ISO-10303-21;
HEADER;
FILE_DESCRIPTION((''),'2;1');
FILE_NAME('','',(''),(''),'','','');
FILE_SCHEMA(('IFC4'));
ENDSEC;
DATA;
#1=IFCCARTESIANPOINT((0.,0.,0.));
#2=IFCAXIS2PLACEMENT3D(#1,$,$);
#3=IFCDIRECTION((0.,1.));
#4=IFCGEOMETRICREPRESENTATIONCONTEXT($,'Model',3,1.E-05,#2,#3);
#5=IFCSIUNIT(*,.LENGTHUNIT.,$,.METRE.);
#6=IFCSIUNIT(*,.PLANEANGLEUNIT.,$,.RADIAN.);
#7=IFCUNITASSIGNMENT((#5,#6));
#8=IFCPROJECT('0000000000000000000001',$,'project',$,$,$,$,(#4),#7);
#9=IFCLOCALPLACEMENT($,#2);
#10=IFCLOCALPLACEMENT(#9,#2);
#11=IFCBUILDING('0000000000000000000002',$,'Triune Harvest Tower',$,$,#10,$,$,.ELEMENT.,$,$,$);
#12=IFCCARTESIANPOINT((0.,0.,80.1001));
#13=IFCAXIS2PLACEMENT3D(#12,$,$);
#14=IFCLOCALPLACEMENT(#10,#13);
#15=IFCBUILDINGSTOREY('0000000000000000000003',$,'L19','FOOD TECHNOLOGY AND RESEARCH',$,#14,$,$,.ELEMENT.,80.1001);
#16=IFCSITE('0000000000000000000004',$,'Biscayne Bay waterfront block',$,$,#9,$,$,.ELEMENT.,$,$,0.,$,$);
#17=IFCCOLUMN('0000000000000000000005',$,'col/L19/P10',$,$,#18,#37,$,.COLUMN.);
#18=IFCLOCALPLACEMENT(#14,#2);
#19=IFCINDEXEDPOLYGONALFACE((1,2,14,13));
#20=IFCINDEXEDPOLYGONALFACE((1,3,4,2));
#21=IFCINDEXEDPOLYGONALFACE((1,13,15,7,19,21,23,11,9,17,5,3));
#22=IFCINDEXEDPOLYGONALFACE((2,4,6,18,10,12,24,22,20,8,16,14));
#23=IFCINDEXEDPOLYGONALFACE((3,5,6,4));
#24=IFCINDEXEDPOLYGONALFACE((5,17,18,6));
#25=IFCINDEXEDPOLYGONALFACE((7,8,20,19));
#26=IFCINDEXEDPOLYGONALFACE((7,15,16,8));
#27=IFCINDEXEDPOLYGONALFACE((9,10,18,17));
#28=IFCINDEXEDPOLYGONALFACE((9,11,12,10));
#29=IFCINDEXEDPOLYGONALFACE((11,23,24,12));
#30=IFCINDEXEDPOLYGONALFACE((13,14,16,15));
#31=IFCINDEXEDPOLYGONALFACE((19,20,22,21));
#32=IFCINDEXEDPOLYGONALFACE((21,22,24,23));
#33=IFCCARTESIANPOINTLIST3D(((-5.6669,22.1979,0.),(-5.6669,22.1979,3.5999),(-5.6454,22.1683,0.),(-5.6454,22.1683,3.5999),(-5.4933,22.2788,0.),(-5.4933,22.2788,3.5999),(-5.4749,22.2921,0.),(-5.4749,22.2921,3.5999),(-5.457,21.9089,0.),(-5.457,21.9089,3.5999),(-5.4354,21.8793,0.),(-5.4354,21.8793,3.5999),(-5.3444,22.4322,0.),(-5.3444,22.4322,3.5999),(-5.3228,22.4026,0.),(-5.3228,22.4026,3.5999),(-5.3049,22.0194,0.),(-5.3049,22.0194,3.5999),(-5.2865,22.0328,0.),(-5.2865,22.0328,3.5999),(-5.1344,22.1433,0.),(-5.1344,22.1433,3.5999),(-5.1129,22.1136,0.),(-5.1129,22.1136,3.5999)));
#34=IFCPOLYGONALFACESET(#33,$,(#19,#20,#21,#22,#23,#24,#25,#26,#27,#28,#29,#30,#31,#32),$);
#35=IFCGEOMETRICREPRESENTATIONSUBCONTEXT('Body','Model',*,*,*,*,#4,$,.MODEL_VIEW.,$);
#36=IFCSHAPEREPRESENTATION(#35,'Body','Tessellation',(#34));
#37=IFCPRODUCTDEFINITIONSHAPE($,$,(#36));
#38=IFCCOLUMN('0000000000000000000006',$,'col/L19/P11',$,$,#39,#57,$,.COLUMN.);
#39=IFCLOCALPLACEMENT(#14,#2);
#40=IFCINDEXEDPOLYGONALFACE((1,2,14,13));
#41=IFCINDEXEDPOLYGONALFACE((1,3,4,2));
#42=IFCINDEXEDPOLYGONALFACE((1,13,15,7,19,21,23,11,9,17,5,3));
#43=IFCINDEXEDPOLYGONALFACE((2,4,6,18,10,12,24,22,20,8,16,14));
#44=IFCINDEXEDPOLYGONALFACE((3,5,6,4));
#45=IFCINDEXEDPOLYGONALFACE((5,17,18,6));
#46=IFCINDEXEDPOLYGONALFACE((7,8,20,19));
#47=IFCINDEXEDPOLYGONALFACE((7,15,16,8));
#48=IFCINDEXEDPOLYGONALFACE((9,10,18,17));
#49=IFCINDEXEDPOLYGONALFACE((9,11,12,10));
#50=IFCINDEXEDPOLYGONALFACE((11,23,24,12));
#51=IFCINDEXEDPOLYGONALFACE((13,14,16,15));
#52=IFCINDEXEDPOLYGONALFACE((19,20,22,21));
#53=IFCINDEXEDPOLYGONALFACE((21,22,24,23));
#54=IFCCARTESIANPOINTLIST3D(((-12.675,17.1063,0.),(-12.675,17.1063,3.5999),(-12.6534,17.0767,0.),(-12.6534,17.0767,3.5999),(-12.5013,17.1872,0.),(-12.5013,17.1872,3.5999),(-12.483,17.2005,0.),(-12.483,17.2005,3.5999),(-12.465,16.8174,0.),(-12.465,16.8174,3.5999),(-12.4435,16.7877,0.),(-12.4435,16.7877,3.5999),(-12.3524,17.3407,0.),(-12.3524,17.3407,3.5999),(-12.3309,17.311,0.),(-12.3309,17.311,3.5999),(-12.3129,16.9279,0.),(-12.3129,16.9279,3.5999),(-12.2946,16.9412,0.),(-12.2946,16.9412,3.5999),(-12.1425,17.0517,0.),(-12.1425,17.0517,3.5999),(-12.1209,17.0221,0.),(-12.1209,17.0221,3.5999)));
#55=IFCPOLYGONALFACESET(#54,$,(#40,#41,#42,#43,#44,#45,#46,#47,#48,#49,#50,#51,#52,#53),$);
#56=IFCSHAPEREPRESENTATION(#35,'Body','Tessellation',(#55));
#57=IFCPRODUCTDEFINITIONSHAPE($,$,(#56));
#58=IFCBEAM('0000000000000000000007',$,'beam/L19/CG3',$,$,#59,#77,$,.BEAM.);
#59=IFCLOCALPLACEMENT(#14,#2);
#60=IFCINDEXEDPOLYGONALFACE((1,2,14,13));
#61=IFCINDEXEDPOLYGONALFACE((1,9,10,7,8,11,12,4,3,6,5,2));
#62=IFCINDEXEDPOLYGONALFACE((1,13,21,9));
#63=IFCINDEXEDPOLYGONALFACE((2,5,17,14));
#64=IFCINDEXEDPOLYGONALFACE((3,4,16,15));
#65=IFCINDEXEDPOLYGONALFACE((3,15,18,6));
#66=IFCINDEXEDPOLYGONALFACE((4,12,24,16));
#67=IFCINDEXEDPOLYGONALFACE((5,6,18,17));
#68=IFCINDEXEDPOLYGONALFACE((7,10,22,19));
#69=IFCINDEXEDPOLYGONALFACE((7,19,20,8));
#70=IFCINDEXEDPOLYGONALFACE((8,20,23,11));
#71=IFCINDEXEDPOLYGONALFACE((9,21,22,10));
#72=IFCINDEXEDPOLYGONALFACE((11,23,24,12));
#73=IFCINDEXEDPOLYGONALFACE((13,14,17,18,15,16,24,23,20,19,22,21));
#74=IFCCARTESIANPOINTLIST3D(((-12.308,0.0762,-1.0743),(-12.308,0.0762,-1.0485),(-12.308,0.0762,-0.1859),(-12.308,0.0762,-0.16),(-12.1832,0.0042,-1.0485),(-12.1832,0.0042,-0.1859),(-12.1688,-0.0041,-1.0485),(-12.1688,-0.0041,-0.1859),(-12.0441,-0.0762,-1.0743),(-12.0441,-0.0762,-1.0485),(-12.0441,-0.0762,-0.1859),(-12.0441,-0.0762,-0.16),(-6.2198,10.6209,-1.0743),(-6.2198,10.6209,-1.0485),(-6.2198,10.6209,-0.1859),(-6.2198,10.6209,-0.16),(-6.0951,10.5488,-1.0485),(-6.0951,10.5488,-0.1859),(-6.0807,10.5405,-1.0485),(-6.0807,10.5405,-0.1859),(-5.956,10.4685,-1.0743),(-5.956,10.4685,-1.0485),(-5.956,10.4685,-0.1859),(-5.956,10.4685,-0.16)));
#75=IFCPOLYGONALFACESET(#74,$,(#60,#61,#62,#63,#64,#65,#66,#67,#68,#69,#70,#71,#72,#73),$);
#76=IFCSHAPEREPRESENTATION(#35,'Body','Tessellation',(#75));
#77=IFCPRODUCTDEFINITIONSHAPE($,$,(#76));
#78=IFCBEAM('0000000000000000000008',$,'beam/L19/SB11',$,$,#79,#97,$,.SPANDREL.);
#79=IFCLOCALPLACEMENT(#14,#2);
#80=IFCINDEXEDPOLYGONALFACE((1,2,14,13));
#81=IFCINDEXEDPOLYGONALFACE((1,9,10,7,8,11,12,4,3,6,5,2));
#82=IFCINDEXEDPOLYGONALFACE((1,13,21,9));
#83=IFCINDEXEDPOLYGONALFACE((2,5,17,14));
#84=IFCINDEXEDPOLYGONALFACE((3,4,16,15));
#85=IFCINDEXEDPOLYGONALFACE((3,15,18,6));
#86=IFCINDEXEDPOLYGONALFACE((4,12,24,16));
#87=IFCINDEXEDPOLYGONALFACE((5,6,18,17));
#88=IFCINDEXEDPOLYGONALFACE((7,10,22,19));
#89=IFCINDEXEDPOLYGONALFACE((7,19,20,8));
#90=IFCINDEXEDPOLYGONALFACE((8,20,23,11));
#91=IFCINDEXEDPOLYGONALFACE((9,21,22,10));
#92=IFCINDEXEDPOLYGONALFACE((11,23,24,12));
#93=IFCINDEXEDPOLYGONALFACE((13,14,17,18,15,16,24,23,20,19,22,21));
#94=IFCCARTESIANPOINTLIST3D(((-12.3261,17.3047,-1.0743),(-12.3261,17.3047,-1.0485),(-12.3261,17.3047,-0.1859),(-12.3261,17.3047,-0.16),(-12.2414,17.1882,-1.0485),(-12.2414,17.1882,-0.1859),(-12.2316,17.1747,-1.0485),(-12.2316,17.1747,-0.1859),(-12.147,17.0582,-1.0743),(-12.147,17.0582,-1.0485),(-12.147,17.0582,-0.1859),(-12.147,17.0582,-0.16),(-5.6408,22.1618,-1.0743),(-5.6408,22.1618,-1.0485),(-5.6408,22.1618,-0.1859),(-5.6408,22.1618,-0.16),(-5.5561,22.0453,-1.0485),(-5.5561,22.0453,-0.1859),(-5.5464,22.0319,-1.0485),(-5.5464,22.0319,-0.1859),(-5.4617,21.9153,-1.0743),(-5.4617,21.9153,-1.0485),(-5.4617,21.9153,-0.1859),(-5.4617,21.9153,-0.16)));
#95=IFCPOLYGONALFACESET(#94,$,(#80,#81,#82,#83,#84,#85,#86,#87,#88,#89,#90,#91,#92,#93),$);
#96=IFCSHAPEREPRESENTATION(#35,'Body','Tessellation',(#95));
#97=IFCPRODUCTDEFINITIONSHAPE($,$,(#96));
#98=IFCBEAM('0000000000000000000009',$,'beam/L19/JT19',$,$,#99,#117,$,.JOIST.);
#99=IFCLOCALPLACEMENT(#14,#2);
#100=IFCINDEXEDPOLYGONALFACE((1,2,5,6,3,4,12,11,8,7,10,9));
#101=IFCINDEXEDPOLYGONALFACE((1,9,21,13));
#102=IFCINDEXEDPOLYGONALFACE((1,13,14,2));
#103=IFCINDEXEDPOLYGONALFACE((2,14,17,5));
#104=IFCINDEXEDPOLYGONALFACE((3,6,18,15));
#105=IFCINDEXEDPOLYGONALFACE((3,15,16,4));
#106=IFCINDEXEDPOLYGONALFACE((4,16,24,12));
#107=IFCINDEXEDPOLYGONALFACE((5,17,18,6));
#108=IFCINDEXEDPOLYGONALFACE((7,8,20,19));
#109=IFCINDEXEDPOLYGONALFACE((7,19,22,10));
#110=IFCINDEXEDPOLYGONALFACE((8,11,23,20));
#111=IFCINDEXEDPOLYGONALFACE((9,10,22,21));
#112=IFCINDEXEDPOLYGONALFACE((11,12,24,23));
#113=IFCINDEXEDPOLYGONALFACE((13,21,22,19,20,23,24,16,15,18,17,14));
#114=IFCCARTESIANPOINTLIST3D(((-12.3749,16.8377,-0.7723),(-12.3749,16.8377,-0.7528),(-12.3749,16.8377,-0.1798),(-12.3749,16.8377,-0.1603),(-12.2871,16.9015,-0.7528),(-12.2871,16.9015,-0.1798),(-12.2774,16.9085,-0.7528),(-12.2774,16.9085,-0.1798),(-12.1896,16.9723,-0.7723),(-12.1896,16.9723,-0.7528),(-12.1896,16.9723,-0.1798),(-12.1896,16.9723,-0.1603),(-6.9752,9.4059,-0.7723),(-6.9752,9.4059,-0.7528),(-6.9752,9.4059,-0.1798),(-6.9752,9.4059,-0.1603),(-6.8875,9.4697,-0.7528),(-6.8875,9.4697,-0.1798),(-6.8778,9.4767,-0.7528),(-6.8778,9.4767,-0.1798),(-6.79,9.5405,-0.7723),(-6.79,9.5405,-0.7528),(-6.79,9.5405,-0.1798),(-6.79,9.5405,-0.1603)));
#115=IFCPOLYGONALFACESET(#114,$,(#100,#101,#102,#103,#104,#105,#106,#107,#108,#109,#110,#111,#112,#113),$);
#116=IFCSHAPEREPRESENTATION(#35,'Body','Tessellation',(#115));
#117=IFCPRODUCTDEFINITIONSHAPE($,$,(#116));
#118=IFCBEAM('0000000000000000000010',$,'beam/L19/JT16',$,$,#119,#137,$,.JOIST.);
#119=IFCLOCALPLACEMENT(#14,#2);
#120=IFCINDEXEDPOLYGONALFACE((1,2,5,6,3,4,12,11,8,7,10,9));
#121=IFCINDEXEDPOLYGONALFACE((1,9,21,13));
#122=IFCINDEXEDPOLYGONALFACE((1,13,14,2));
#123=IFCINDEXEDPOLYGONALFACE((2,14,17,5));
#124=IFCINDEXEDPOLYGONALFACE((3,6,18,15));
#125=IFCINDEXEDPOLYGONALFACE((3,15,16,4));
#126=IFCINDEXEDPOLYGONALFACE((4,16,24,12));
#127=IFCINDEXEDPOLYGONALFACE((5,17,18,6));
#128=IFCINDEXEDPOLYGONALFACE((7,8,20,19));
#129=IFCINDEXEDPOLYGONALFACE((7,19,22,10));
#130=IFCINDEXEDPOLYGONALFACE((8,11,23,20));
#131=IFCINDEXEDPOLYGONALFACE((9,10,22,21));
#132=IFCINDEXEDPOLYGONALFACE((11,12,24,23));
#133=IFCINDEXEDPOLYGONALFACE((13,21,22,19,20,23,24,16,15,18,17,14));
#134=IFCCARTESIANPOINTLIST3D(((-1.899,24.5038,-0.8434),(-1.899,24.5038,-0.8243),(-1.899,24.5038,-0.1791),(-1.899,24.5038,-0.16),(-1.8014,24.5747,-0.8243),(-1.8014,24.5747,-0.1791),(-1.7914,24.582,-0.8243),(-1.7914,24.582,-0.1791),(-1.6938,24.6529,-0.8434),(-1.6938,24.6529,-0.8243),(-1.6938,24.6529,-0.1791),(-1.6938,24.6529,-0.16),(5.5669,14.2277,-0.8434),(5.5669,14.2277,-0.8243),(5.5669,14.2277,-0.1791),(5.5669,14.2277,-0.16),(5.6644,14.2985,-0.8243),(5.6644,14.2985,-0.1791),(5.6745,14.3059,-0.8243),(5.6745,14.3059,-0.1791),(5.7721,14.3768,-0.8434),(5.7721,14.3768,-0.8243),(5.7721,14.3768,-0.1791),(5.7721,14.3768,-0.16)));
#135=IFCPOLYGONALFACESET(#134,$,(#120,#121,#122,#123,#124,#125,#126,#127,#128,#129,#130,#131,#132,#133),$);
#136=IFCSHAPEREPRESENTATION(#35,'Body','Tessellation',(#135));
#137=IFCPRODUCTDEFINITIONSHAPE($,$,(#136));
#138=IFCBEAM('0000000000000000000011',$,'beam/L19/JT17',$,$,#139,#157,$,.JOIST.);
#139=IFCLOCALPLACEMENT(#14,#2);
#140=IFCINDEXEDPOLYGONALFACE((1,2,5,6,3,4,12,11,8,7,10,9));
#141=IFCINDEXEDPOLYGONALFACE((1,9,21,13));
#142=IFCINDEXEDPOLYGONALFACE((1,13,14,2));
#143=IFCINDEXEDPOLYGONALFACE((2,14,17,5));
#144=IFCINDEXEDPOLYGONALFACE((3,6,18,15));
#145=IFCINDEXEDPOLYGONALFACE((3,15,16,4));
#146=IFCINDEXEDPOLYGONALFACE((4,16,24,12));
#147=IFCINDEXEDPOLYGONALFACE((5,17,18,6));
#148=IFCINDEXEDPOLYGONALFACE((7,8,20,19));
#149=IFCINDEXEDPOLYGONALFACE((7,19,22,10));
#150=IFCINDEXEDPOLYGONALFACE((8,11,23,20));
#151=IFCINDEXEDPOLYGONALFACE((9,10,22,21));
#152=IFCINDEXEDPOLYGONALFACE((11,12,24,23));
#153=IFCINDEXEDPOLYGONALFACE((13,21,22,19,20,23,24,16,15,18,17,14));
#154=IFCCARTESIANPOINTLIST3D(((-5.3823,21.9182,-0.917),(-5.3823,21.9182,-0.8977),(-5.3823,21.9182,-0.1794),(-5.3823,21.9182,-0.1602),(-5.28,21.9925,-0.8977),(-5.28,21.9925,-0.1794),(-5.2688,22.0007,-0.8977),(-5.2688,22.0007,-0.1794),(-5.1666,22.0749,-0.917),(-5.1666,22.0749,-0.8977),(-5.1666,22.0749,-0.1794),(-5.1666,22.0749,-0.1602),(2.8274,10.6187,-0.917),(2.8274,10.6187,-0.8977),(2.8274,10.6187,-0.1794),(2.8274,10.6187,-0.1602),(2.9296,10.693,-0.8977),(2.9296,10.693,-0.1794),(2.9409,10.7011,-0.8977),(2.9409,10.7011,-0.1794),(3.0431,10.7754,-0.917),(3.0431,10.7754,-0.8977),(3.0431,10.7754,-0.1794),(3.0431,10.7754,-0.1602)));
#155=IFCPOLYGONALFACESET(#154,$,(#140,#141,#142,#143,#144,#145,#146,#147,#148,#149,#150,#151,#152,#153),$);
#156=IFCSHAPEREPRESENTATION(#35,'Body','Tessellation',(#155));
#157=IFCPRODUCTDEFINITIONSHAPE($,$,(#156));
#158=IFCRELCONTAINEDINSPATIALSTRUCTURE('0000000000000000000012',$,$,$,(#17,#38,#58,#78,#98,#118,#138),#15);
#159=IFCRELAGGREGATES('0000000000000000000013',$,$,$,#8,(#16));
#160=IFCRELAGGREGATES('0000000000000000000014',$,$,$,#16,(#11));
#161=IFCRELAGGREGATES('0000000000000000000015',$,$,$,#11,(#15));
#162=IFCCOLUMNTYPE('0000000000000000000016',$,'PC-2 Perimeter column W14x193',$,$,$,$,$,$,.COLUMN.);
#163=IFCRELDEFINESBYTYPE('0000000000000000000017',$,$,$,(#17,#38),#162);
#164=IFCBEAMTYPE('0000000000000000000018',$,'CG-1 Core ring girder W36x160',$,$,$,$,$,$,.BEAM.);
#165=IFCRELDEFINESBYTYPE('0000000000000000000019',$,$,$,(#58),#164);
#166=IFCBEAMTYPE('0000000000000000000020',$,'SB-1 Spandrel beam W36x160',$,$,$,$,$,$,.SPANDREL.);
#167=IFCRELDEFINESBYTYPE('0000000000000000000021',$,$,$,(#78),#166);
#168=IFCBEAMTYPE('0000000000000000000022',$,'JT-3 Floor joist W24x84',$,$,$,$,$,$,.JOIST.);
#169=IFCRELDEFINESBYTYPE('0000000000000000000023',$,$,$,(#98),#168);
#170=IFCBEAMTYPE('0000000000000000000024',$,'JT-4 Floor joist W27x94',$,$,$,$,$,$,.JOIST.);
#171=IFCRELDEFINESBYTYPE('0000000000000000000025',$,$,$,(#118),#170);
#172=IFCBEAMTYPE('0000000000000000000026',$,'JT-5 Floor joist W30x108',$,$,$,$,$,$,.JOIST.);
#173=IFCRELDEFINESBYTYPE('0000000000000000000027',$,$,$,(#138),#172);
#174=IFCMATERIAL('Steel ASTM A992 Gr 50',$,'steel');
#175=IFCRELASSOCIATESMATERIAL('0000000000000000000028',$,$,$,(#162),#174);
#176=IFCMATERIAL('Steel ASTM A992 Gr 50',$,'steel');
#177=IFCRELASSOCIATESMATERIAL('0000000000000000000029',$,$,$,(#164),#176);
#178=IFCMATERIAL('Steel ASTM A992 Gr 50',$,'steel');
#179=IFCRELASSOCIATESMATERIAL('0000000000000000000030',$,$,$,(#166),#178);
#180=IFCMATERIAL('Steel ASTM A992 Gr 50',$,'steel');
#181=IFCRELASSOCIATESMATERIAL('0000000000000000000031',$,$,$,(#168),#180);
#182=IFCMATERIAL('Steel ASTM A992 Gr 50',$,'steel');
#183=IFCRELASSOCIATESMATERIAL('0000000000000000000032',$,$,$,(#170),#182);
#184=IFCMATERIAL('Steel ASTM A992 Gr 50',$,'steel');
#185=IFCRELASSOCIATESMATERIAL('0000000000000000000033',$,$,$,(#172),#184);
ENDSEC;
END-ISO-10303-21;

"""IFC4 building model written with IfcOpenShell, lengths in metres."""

from ifc_helpers import new_model, si_unit, direction, frame, origin, origin_2d, place, context, subcontext, project, spatial, i_section, extrude, source, transform, mapped, material, material_profile, profile_set, type_object, element, save


model = new_model("IFC4")

# Units and contexts
model_context = context("Model", 3, precision=1e-05, world=origin(), true_north=direction((0.0, 1.0)))
body_context = subcontext(model_context, "Body", "Model", "MODEL_VIEW")
ifc_project = project(units=[si_unit("LENGTHUNIT", "METRE"), si_unit("PLANEANGLEUNIT", "RADIAN")], contexts=[model_context])

# Site, building, storey
site_placement = place(None, origin())
site = spatial("IfcSite", under=ifc_project, at=site_placement, Name="Biscayne Bay waterfront block", CompositionType="ELEMENT", RefElevation=0.0)
building_placement = place(site_placement, origin())
building = spatial("IfcBuilding", under=site, at=building_placement, Name="Triune Harvest Tower", CompositionType="ELEMENT")
storey_placement = place(building_placement, frame((0.0, 0.0, 80.1001)))
storey = spatial("IfcBuildingStorey", under=building, at=storey_placement, Name="L19", Description="FOOD TECHNOLOGY AND RESEARCH", CompositionType="ELEMENT", Elevation=80.1001)

# Columns
ifc_material_1 = material(Name="Steel ASTM A992 Gr 50", Category="steel")
ifc_material_profile_1 = material_profile(ifc_material_1, i_section(OverallWidth=0.3987, OverallDepth=0.3938, WebThickness=0.0227, FlangeThickness=0.0366, at=origin_2d()), Name="W14x193")
ifc_profile_set_1 = profile_set([ifc_material_profile_1], Name="Steel ASTM A992 Gr 50")
column_type = type_object("IfcColumnType", Name="PC-2 Perimeter column W14x193", PredefinedType="COLUMN", material=ifc_profile_set_1)
shared_shape_1 = source(origin(), body_context, "Body", "SweptSolid", [
    extrude(i_section(OverallWidth=0.3987, OverallDepth=0.3938, WebThickness=0.0227, FlangeThickness=0.0366, at=origin_2d()), origin(), (0.0, 0.0, 1.0), 3.5999),
])
for number, where, z_axis, x_axis, name in (
    (1, (-5.3899, 22.1558, 0.0), (0.0, 0.0, 1.0), (-0.809017, -0.587785, 0.0), "col/L19/P10"),
    (2, (-12.3979, 17.0642, 0.0), (0.0, 0.0, 1.0), (-0.809017, -0.587785, 0.0), "col/L19/P11"),
):
    element("IfcColumn", number, at=place(storey_placement, frame(where, z_axis=z_axis, x_axis=x_axis)), inside=storey, type_object=column_type, Name=name, PredefinedType="COLUMN", context=body_context, shape_type="MappedRepresentation", body=[
        mapped(shared_shape_1, transform((0.0, 0.0, 0.0), scale=1.0)),
    ])

# Beams
ifc_material_2 = material(Name="Steel ASTM A992 Gr 50", Category="steel")
ifc_material_profile_2 = material_profile(ifc_material_2, i_section(OverallWidth=0.3047, OverallDepth=0.9143, WebThickness=0.0166, FlangeThickness=0.0259, at=origin_2d()), Name="W36x160")
ifc_profile_set_2 = profile_set([ifc_material_profile_2], Name="Steel ASTM A992 Gr 50")
beam_type_1 = type_object("IfcBeamType", Name="CG-1 Core ring girder W36x160", PredefinedType="BEAM", material=ifc_profile_set_2)
shared_shape_2 = source(origin(), body_context, "Body", "SweptSolid", [
    extrude(i_section(OverallWidth=0.3047, OverallDepth=0.9143, WebThickness=0.0166, FlangeThickness=0.0259, at=origin_2d()), origin(), (0.0, 0.0, 1.0), 12.176),
])
beam_1_placement = place(storey_placement, frame((-6.0879, 10.5447, -0.6172), z_axis=(-0.50001, -0.86602, 0.0), x_axis=(0.86602, -0.50001, 0.0)))
element("IfcBeam", 3, at=beam_1_placement, inside=storey, type_object=beam_type_1, Name="beam/L19/CG3", PredefinedType="BEAM", context=body_context, shape_type="MappedRepresentation", body=[
    mapped(shared_shape_2, transform((0.0, 0.0, 0.0), scale=1.0)),
])
ifc_material_3 = material(Name="Steel ASTM A992 Gr 50", Category="steel")
ifc_material_profile_3 = material_profile(ifc_material_3, i_section(OverallWidth=0.3047, OverallDepth=0.9143, WebThickness=0.0166, FlangeThickness=0.0259, at=origin_2d()), Name="W36x160")
ifc_profile_set_3 = profile_set([ifc_material_profile_3], Name="Steel ASTM A992 Gr 50")
beam_type_2 = type_object("IfcBeamType", Name="SB-1 Spandrel beam W36x160", PredefinedType="SPANDREL", material=ifc_profile_set_3)
shared_shape_3 = source(origin(), body_context, "Body", "SweptSolid", [
    extrude(i_section(OverallWidth=0.3047, OverallDepth=0.9143, WebThickness=0.0166, FlangeThickness=0.0259, at=origin_2d()), origin(), (0.0, 0.0, 1.0), 8.2634),
])
beam_2_placement = place(storey_placement, frame((-5.5513, 22.0386, -0.6172), z_axis=(-0.809016, -0.587787, 0.0), x_axis=(0.587787, -0.809016, 0.0)))
element("IfcBeam", 4, at=beam_2_placement, inside=storey, type_object=beam_type_2, Name="beam/L19/SB11", PredefinedType="SPANDREL", context=body_context, shape_type="MappedRepresentation", body=[
    mapped(shared_shape_3, transform((0.0, 0.0, 0.0), scale=1.0)),
])
ifc_material_4 = material(Name="Steel ASTM A992 Gr 50", Category="steel")
ifc_material_profile_4 = material_profile(ifc_material_4, i_section(OverallWidth=0.229, OverallDepth=0.6121, WebThickness=0.012, FlangeThickness=0.0195, at=origin_2d()), Name="W24x84")
ifc_profile_set_4 = profile_set([ifc_material_profile_4], Name="Steel ASTM A992 Gr 50")
beam_type_3 = type_object("IfcBeamType", Name="JT-3 Floor joist W24x84", PredefinedType="JOIST", material=ifc_profile_set_4)
shared_shape_4 = source(origin(), body_context, "Body", "SweptSolid", [
    extrude(i_section(OverallWidth=0.229, OverallDepth=0.6121, WebThickness=0.012, FlangeThickness=0.0195, at=origin_2d()), origin(), (0.0, 0.0, 1.0), 9.1863),
])
beam_3_placement = place(storey_placement, frame((-12.2822, 16.905, -0.4663), z_axis=(0.587791, -0.809013, 0.0), x_axis=(0.809013, 0.587791, 0.0)))
element("IfcBeam", 5, at=beam_3_placement, inside=storey, type_object=beam_type_3, Name="beam/L19/JT19", PredefinedType="JOIST", context=body_context, shape_type="MappedRepresentation", body=[
    mapped(shared_shape_4, transform((0.0, 0.0, 0.0), scale=1.0)),
])
ifc_material_5 = material(Name="Steel ASTM A992 Gr 50", Category="steel")
ifc_material_profile_5 = material_profile(ifc_material_5, i_section(OverallWidth=0.2537, OverallDepth=0.6833, WebThickness=0.0125, FlangeThickness=0.019, at=origin_2d()), Name="W27x94")
ifc_profile_set_5 = profile_set([ifc_material_profile_5], Name="Steel ASTM A992 Gr 50")
beam_type_4 = type_object("IfcBeamType", Name="JT-4 Floor joist W27x94", PredefinedType="JOIST", material=ifc_profile_set_5)
shared_shape_5 = source(origin(), body_context, "Body", "SweptSolid", [
    extrude(i_section(OverallWidth=0.2537, OverallDepth=0.6833, WebThickness=0.0125, FlangeThickness=0.019, at=origin_2d()), origin(), (0.0, 0.0, 1.0), 12.7019),
])
beam_4_placement = place(storey_placement, frame((-1.7964, 24.5784, -0.5017), z_axis=(0.587774, -0.809025, 0.0), x_axis=(0.809025, 0.587774, 0.0)))
element("IfcBeam", 6, at=beam_4_placement, inside=storey, type_object=beam_type_4, Name="beam/L19/JT16", PredefinedType="JOIST", context=body_context, shape_type="MappedRepresentation", body=[
    mapped(shared_shape_5, transform((0.0, 0.0, 0.0), scale=1.0)),
])
ifc_material_6 = material(Name="Steel ASTM A992 Gr 50", Category="steel")
ifc_material_profile_6 = material_profile(ifc_material_6, i_section(OverallWidth=0.2666, OverallDepth=0.7568, WebThickness=0.0139, FlangeThickness=0.0193, at=origin_2d()), Name="W30x108")
ifc_profile_set_6 = profile_set([ifc_material_profile_6], Name="Steel ASTM A992 Gr 50")
beam_type_5 = type_object("IfcBeamType", Name="JT-5 Floor joist W30x108", PredefinedType="JOIST", material=ifc_profile_set_6)
shared_shape_6 = source(origin(), body_context, "Body", "SweptSolid", [
    extrude(i_section(OverallWidth=0.2666, OverallDepth=0.7568, WebThickness=0.0139, FlangeThickness=0.0193, at=origin_2d()), origin(), (0.0, 0.0, 1.0), 13.967),
])
beam_5_placement = place(storey_placement, frame((-5.2744, 21.9966, -0.5386), z_axis=(0.58779, -0.809013, 0.0), x_axis=(0.809013, 0.58779, 0.0)))
element("IfcBeam", 7, at=beam_5_placement, inside=storey, type_object=beam_type_5, Name="beam/L19/JT17", PredefinedType="JOIST", context=body_context, shape_type="MappedRepresentation", body=[
    mapped(shared_shape_6, transform((0.0, 0.0, 0.0), scale=1.0)),
])

save(model, "model.ifc")
